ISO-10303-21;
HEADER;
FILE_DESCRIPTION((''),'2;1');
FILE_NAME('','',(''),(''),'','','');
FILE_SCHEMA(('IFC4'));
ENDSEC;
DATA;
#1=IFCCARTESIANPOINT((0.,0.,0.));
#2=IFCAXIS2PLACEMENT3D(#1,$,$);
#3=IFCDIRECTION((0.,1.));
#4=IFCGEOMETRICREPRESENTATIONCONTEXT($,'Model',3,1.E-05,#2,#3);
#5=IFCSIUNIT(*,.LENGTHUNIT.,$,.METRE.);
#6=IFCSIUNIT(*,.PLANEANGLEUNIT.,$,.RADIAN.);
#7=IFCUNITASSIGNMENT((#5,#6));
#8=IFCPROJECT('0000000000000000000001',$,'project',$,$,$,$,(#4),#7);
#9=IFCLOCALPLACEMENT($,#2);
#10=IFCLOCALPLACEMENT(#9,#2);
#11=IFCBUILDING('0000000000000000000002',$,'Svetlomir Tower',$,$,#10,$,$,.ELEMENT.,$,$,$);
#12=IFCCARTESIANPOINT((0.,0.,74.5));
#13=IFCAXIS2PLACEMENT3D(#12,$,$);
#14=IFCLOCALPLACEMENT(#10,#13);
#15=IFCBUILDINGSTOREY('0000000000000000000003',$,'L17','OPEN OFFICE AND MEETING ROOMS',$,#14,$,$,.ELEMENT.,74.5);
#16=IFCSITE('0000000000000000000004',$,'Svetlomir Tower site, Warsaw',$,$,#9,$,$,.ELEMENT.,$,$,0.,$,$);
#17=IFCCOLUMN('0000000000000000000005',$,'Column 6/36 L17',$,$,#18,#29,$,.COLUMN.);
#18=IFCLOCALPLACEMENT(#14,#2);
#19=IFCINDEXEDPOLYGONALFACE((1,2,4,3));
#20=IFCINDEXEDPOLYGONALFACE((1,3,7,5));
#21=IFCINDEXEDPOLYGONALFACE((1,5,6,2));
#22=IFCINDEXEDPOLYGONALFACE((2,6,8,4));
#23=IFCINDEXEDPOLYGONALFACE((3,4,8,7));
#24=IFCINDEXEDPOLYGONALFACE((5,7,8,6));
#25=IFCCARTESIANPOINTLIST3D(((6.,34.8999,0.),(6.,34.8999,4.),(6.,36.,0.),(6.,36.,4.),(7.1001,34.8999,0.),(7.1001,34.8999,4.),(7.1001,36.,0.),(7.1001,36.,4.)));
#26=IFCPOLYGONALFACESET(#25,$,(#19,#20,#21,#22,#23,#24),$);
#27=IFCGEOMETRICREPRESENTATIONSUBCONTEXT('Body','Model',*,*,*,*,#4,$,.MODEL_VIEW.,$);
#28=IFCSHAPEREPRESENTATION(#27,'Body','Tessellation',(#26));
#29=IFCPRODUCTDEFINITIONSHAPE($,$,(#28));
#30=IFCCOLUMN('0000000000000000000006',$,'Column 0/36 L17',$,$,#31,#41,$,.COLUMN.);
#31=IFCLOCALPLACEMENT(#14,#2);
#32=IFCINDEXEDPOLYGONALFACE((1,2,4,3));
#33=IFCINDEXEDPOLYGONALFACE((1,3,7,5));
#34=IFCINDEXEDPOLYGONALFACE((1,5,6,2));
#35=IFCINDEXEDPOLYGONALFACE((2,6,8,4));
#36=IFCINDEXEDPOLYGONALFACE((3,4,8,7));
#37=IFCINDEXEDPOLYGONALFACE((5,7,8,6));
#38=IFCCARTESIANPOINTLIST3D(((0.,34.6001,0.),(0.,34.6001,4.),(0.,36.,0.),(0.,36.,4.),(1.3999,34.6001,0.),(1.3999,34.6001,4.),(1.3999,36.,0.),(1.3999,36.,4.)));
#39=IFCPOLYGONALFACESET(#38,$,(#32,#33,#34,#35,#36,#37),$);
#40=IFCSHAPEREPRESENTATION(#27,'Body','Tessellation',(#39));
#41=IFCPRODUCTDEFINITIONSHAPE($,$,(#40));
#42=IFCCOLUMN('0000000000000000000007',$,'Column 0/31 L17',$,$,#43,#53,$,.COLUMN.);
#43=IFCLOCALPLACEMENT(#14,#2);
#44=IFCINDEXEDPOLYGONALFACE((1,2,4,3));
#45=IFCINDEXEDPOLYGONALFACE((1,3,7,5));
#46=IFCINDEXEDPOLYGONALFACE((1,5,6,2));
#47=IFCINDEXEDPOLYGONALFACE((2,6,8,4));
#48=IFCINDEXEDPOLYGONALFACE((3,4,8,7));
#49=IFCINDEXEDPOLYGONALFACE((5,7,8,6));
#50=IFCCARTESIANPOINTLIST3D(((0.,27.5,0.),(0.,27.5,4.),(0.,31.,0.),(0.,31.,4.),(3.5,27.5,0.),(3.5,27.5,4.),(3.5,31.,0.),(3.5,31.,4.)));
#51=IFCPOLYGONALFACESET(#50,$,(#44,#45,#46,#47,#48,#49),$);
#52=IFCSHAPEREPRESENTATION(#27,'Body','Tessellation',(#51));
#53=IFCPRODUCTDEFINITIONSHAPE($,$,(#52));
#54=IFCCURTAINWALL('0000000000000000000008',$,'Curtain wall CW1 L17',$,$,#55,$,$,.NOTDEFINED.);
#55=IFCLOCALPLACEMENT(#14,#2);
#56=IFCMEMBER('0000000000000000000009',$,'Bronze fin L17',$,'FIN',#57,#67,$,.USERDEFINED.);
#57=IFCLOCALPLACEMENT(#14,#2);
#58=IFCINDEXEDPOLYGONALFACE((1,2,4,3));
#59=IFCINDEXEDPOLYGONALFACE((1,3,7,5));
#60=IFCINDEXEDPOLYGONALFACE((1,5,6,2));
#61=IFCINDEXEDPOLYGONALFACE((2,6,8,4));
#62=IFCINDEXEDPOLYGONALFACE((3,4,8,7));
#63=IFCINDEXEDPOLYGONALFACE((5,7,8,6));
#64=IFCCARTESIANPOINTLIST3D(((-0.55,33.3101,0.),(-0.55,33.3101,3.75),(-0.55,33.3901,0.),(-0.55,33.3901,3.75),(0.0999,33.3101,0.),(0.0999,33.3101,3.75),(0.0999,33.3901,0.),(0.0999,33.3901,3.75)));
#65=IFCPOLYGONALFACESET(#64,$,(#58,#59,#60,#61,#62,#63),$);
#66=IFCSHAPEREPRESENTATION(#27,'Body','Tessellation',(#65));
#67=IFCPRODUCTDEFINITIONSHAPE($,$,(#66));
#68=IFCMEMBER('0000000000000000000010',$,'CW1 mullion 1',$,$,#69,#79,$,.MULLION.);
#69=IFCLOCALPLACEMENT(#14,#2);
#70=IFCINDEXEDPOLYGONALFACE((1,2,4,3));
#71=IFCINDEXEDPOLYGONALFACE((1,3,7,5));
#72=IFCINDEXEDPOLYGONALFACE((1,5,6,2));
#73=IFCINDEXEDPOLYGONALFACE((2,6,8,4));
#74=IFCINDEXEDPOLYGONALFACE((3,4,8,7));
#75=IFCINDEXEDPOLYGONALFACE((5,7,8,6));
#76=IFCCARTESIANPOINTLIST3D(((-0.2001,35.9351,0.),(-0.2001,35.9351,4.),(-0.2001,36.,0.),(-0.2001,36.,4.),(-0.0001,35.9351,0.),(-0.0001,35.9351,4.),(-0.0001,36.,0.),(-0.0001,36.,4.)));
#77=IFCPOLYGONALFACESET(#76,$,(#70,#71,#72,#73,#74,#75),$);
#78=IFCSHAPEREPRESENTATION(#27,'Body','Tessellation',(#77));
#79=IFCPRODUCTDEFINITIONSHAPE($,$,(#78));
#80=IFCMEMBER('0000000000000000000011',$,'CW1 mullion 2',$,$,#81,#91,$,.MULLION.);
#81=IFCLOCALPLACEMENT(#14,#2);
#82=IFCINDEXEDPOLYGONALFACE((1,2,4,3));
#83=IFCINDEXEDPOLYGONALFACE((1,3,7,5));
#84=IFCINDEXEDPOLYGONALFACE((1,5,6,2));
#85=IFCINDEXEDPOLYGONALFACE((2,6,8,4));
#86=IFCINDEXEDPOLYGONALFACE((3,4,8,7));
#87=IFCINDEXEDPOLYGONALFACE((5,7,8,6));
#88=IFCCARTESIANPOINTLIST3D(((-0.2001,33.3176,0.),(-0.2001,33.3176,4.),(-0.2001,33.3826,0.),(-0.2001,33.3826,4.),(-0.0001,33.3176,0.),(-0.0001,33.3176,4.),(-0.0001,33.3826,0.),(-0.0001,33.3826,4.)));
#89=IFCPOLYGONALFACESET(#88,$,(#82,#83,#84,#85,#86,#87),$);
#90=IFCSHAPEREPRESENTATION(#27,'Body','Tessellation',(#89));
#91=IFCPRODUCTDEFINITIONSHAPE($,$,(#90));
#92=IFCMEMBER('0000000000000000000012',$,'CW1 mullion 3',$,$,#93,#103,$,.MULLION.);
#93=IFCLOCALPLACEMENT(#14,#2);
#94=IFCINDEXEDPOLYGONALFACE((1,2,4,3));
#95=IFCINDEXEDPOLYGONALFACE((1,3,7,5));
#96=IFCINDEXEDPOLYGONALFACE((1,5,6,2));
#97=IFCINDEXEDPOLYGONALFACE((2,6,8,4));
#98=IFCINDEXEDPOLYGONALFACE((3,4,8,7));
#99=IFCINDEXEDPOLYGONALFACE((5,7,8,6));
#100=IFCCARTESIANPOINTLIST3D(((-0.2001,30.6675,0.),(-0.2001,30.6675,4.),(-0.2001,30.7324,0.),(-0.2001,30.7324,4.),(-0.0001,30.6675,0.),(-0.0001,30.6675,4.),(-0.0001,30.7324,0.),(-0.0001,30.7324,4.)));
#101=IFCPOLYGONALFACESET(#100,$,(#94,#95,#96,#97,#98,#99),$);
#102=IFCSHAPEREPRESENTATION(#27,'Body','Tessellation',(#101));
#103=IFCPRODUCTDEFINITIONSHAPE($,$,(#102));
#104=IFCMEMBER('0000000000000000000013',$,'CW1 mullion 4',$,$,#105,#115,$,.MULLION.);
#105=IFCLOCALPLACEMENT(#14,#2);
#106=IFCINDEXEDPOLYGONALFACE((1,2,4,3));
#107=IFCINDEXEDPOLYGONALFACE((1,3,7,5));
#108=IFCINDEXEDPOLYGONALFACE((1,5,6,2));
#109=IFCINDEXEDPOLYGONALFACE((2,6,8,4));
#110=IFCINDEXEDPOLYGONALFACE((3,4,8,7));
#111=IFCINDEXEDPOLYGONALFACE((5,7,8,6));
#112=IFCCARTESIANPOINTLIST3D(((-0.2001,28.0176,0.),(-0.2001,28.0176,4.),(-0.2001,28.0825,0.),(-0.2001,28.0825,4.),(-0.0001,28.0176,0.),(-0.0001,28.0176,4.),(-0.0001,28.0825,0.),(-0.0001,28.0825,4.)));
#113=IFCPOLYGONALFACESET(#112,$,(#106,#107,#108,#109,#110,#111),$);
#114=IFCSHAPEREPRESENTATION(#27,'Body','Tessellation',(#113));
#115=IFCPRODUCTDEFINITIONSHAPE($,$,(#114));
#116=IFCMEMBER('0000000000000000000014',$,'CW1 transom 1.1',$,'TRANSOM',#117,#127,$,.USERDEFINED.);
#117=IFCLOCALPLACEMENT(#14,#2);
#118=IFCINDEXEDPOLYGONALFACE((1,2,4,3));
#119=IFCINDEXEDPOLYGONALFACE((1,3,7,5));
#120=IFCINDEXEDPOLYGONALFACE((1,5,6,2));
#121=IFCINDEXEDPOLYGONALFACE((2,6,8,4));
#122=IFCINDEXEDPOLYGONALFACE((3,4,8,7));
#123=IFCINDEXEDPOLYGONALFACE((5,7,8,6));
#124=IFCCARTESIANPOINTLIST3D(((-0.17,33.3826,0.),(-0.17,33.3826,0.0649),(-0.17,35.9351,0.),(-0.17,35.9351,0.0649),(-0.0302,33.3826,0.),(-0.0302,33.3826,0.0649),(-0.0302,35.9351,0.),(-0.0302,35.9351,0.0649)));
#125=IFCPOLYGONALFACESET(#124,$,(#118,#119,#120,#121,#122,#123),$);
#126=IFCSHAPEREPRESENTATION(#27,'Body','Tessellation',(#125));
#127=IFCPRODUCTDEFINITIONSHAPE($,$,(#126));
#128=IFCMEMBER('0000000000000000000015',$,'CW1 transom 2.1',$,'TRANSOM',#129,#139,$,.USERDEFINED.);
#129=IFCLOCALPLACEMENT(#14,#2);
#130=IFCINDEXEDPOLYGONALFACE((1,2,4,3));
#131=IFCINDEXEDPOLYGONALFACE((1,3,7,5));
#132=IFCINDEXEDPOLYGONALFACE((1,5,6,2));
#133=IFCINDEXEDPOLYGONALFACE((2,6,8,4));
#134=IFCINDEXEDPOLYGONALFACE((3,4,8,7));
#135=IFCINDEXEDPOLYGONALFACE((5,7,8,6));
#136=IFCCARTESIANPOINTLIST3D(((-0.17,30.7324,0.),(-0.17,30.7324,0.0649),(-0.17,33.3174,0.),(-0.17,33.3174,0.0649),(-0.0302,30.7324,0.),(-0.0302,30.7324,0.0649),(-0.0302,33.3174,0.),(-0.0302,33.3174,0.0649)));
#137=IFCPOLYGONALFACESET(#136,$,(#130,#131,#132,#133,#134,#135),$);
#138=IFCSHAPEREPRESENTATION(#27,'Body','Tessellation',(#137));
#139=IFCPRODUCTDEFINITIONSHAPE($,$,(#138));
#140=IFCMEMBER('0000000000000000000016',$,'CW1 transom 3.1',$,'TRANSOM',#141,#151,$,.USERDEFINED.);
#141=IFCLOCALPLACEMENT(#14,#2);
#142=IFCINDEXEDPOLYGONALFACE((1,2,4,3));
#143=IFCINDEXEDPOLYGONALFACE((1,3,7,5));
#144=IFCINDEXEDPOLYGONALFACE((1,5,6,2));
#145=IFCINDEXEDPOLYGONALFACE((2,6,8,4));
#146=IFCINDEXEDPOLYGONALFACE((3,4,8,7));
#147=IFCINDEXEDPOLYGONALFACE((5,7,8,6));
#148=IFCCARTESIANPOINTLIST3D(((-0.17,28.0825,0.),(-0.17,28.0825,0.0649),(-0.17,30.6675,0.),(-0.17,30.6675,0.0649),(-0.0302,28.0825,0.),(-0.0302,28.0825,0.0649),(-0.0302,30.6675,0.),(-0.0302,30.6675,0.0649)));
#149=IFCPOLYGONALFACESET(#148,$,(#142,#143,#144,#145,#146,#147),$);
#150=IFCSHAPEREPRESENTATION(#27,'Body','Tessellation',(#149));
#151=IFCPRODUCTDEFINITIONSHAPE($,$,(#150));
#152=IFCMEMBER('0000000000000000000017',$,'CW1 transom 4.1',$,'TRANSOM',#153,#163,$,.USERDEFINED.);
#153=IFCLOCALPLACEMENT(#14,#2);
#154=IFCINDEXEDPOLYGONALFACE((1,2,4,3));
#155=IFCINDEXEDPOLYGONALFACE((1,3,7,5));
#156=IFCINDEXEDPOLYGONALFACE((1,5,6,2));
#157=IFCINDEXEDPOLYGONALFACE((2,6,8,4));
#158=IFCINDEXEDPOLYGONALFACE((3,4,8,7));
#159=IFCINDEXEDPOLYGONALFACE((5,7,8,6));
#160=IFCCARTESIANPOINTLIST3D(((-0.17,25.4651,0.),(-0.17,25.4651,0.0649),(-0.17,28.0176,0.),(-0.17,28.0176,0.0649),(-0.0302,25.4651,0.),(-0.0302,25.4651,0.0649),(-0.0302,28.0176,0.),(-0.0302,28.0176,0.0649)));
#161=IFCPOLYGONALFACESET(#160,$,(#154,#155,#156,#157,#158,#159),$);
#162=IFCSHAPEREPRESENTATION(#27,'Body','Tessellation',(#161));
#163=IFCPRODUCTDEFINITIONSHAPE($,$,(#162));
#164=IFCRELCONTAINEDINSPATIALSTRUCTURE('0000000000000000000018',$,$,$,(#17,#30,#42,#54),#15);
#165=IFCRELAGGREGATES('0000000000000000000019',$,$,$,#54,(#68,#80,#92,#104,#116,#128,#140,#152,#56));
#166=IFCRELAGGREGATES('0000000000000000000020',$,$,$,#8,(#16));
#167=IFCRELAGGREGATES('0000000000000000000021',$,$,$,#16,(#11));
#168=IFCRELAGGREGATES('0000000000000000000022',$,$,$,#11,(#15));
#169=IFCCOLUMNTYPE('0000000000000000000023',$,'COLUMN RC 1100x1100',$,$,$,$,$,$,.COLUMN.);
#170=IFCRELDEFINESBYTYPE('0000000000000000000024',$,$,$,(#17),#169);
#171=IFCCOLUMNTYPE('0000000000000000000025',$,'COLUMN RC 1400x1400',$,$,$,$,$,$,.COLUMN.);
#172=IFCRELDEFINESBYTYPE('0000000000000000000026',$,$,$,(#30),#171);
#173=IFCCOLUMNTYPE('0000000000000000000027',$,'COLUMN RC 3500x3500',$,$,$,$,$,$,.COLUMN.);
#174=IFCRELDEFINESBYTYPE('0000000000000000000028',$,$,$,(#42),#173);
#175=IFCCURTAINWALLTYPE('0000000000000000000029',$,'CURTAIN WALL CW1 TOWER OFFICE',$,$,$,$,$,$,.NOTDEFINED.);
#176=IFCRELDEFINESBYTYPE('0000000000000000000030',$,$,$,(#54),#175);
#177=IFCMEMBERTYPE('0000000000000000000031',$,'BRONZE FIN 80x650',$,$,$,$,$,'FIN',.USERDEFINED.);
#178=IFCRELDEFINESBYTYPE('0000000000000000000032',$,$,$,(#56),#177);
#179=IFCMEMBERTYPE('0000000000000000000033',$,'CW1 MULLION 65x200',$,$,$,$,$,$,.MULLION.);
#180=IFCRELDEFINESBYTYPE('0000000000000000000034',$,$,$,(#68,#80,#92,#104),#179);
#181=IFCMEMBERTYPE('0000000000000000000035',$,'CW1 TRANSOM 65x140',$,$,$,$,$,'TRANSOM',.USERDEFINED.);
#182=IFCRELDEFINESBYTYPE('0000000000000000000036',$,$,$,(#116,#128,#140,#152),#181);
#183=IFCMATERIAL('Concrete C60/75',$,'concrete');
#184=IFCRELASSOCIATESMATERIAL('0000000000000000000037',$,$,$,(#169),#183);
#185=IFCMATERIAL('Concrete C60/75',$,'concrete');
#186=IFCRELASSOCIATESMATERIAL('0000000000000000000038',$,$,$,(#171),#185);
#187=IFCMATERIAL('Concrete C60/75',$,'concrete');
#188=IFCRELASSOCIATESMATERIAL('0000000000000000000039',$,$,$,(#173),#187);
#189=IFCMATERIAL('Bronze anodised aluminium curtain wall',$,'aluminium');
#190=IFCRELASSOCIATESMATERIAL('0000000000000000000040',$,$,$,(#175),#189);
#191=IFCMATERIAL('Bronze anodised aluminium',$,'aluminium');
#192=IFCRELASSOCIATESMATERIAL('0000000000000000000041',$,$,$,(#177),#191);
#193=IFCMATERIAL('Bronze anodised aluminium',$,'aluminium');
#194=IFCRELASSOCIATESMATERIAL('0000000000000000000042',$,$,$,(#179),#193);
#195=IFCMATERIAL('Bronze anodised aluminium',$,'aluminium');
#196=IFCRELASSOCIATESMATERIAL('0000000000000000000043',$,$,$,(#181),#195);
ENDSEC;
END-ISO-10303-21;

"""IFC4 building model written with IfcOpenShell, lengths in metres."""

from ifc_helpers import new_model, si_unit, direction, frame, origin, origin_2d, place, context, subcontext, project, spatial, rectangle, extrude, material, material_profile, profile_set, type_object, element, aggregate, save


model = new_model("IFC4")

# Units and contexts
model_context = context("Model", 3, precision=1e-05, world=origin(), true_north=direction((0.0, 1.0)))
body_context = subcontext(model_context, "Body", "Model", "MODEL_VIEW")
ifc_project = project(units=[si_unit("LENGTHUNIT", "METRE"), si_unit("PLANEANGLEUNIT", "RADIAN")], contexts=[model_context])

# Site, building, storey
site_placement = place(None, origin())
site = spatial("IfcSite", under=ifc_project, at=site_placement, Name="Svetlomir Tower site, Warsaw", CompositionType="ELEMENT", RefElevation=0.0)
building_placement = place(site_placement, origin())
building = spatial("IfcBuilding", under=site, at=building_placement, Name="Svetlomir Tower", CompositionType="ELEMENT")
storey_placement = place(building_placement, frame((0.0, 0.0, 74.5)))
storey = spatial("IfcBuildingStorey", under=building, at=storey_placement, Name="L17", Description="OPEN OFFICE AND MEETING ROOMS", CompositionType="ELEMENT", Elevation=74.5)

# Columns
ifc_material_1 = material(Name="Concrete C60/75", Category="concrete")
ifc_material_profile_1 = material_profile(ifc_material_1, rectangle(XDim=1.1001, YDim=1.1001, at=origin_2d()), Name="RC 1100x1100")
ifc_profile_set_1 = profile_set([ifc_material_profile_1], Name="Concrete C60/75")
column_type_1 = type_object("IfcColumnType", Name="COLUMN RC 1100x1100", PredefinedType="COLUMN", material=ifc_profile_set_1)
column_1_placement = place(storey_placement, frame((6.55, 35.45, 0.0), z_axis=(0.0, 0.0, 1.0), x_axis=(1.0, 0.0, 0.0)))
element("IfcColumn", 1, at=column_1_placement, inside=storey, type_object=column_type_1, Name="Column 6/36 L17", PredefinedType="COLUMN", context=body_context, shape_type="SweptSolid", body=[
    extrude(rectangle(XDim=1.1001, YDim=1.1001, at=origin_2d()), origin(), (0.0, 0.0, 1.0), 4.0),
])
ifc_material_2 = material(Name="Concrete C60/75", Category="concrete")
ifc_material_profile_2 = material_profile(ifc_material_2, rectangle(XDim=1.3999, YDim=1.3999, at=origin_2d()), Name="RC 1400x1400")
ifc_profile_set_2 = profile_set([ifc_material_profile_2], Name="Concrete C60/75")
column_type_2 = type_object("IfcColumnType", Name="COLUMN RC 1400x1400", PredefinedType="COLUMN", material=ifc_profile_set_2)
column_2_placement = place(storey_placement, frame((0.7, 35.3, 0.0), z_axis=(0.0, 0.0, 1.0), x_axis=(1.0, 0.0, 0.0)))
element("IfcColumn", 2, at=column_2_placement, inside=storey, type_object=column_type_2, Name="Column 0/36 L17", PredefinedType="COLUMN", context=body_context, shape_type="SweptSolid", body=[
    extrude(rectangle(XDim=1.3999, YDim=1.3999, at=origin_2d()), origin(), (0.0, 0.0, 1.0), 4.0),
])
ifc_material_3 = material(Name="Concrete C60/75", Category="concrete")
ifc_material_profile_3 = material_profile(ifc_material_3, rectangle(XDim=3.5, YDim=3.5, at=origin_2d()), Name="RC 3500x3500")
ifc_profile_set_3 = profile_set([ifc_material_profile_3], Name="Concrete C60/75")
column_type_3 = type_object("IfcColumnType", Name="COLUMN RC 3500x3500", PredefinedType="COLUMN", material=ifc_profile_set_3)
column_3_placement = place(storey_placement, frame((1.75, 29.25, 0.0), z_axis=(0.0, 0.0, 1.0), x_axis=(1.0, 0.0, 0.0)))
element("IfcColumn", 3, at=column_3_placement, inside=storey, type_object=column_type_3, Name="Column 0/31 L17", PredefinedType="COLUMN", context=body_context, shape_type="SweptSolid", body=[
    extrude(rectangle(XDim=3.5, YDim=3.5, at=origin_2d()), origin(), (0.0, 0.0, 1.0), 4.0),
])

# Curtain wall, members
ifc_material_4 = material(Name="Bronze anodised aluminium curtain wall", Category="aluminium")
curtain_wall_type = type_object("IfcCurtainWallType", Name="CURTAIN WALL CW1 TOWER OFFICE", PredefinedType="NOTDEFINED", material=ifc_material_4)
curtain_wall_placement = place(storey_placement, origin())
curtain_wall = element("IfcCurtainWall", 4, at=curtain_wall_placement, inside=storey, type_object=curtain_wall_type, Name="Curtain wall CW1 L17", PredefinedType="NOTDEFINED")
ifc_material_5 = material(Name="Bronze anodised aluminium", Category="aluminium")
ifc_material_profile_4 = material_profile(ifc_material_5, rectangle(XDim=0.0801, YDim=0.6499, at=origin_2d()), Name="FIN 80x650")
ifc_profile_set_4 = profile_set([ifc_material_profile_4], Name="Bronze anodised aluminium 6063-T6")
member_type_1 = type_object("IfcMemberType", Name="BRONZE FIN 80x650", ElementType="FIN", PredefinedType="USERDEFINED", material=ifc_profile_set_4)
member_1_placement = place(storey_placement, frame((-0.2251, 33.3501, 0.0), z_axis=(0.0, 0.0, 1.0), x_axis=(0.0, 1.0, 0.0)))
member_1 = element("IfcMember", 5, at=member_1_placement, type_object=member_type_1, Name="Bronze fin L17", ObjectType="FIN", PredefinedType="USERDEFINED", context=body_context, shape_type="SweptSolid", body=[
    extrude(rectangle(XDim=0.0801, YDim=0.6499, at=origin_2d()), origin(), (0.0, 0.0, 1.0), 3.75),
])
ifc_material_6 = material(Name="Bronze anodised aluminium", Category="aluminium")
ifc_material_profile_5 = material_profile(ifc_material_6, rectangle(XDim=0.0649, YDim=0.2, at=origin_2d()), Name="AL 65x200")
ifc_profile_set_5 = profile_set([ifc_material_profile_5], Name="Bronze anodised aluminium 6063-T6")
member_type_2 = type_object("IfcMemberType", Name="CW1 MULLION 65x200", PredefinedType="MULLION", material=ifc_profile_set_5)
member_2_placement = place(storey_placement, frame((-0.1001, 35.9675, 0.0), z_axis=(0.0, 0.0, 1.0), x_axis=(0.0, -1.0, 0.0)))
member_2 = element("IfcMember", 6, at=member_2_placement, type_object=member_type_2, Name="CW1 mullion 1", PredefinedType="MULLION", context=body_context, shape_type="SweptSolid", body=[
    extrude(rectangle(XDim=0.0649, YDim=0.2, at=origin_2d()), origin(), (0.0, 0.0, 1.0), 4.0),
])
member_3_placement = place(storey_placement, frame((-0.1001, 33.3501, 0.0), z_axis=(0.0, 0.0, 1.0), x_axis=(0.0, -1.0, 0.0)))
member_3 = element("IfcMember", 7, at=member_3_placement, type_object=member_type_2, Name="CW1 mullion 2", PredefinedType="MULLION", context=body_context, shape_type="SweptSolid", body=[
    extrude(rectangle(XDim=0.0649, YDim=0.2, at=origin_2d()), origin(), (0.0, 0.0, 1.0), 4.0),
])
member_4_placement = place(storey_placement, frame((-0.1001, 30.7, 0.0), z_axis=(0.0, 0.0, 1.0), x_axis=(0.0, -1.0, 0.0)))
member_4 = element("IfcMember", 8, at=member_4_placement, type_object=member_type_2, Name="CW1 mullion 3", PredefinedType="MULLION", context=body_context, shape_type="SweptSolid", body=[
    extrude(rectangle(XDim=0.0649, YDim=0.2, at=origin_2d()), origin(), (0.0, 0.0, 1.0), 4.0),
])
member_5_placement = place(storey_placement, frame((-0.1001, 28.05, 0.0), z_axis=(0.0, 0.0, 1.0), x_axis=(0.0, -1.0, 0.0)))
member_5 = element("IfcMember", 9, at=member_5_placement, type_object=member_type_2, Name="CW1 mullion 4", PredefinedType="MULLION", context=body_context, shape_type="SweptSolid", body=[
    extrude(rectangle(XDim=0.0649, YDim=0.2, at=origin_2d()), origin(), (0.0, 0.0, 1.0), 4.0),
])
ifc_material_7 = material(Name="Bronze anodised aluminium", Category="aluminium")
ifc_material_profile_6 = material_profile(ifc_material_7, rectangle(XDim=0.1399, YDim=0.0649, at=origin_2d()), Name="AL 140x65")
ifc_profile_set_6 = profile_set([ifc_material_profile_6], Name="Bronze anodised aluminium 6063-T6")
member_type_3 = type_object("IfcMemberType", Name="CW1 TRANSOM 65x140", ElementType="TRANSOM", PredefinedType="USERDEFINED", material=ifc_profile_set_6)
member_6_placement = place(storey_placement, frame((-0.1001, 35.9351, 0.0325), z_axis=(0.0, -1.0, 0.0), x_axis=(1.0, 0.0, 0.0)))
member_6 = element("IfcMember", 10, at=member_6_placement, type_object=member_type_3, Name="CW1 transom 1.1", ObjectType="TRANSOM", PredefinedType="USERDEFINED", context=body_context, shape_type="SweptSolid", body=[
    extrude(rectangle(XDim=0.1399, YDim=0.0649, at=origin_2d()), origin(), (0.0, 0.0, 1.0), 2.5525),
])
member_7_placement = place(storey_placement, frame((-0.1001, 33.3174, 0.0325), z_axis=(0.0, -1.0, 0.0), x_axis=(1.0, 0.0, 0.0)))
member_7 = element("IfcMember", 11, at=member_7_placement, type_object=member_type_3, Name="CW1 transom 2.1", ObjectType="TRANSOM", PredefinedType="USERDEFINED", context=body_context, shape_type="SweptSolid", body=[
    extrude(rectangle(XDim=0.1399, YDim=0.0649, at=origin_2d()), origin(), (0.0, 0.0, 1.0), 2.585),
])
member_8_placement = place(storey_placement, frame((-0.1001, 30.6675, 0.0325), z_axis=(0.0, -1.0, 0.0), x_axis=(1.0, 0.0, 0.0)))
member_8 = element("IfcMember", 12, at=member_8_placement, type_object=member_type_3, Name="CW1 transom 3.1", ObjectType="TRANSOM", PredefinedType="USERDEFINED", context=body_context, shape_type="SweptSolid", body=[
    extrude(rectangle(XDim=0.1399, YDim=0.0649, at=origin_2d()), origin(), (0.0, 0.0, 1.0), 2.585),
])
member_9_placement = place(storey_placement, frame((-0.1001, 28.0176, 0.0325), z_axis=(0.0, -1.0, 0.0), x_axis=(1.0, 0.0, 0.0)))
member_9 = element("IfcMember", 13, at=member_9_placement, type_object=member_type_3, Name="CW1 transom 4.1", ObjectType="TRANSOM", PredefinedType="USERDEFINED", context=body_context, shape_type="SweptSolid", body=[
    extrude(rectangle(XDim=0.1399, YDim=0.0649, at=origin_2d()), origin(), (0.0, 0.0, 1.0), 2.5525),
])

aggregate(curtain_wall, [member_2, member_3, member_4, member_5, member_6, member_7, member_8, member_9, member_1])

save(model, "model.ifc")
